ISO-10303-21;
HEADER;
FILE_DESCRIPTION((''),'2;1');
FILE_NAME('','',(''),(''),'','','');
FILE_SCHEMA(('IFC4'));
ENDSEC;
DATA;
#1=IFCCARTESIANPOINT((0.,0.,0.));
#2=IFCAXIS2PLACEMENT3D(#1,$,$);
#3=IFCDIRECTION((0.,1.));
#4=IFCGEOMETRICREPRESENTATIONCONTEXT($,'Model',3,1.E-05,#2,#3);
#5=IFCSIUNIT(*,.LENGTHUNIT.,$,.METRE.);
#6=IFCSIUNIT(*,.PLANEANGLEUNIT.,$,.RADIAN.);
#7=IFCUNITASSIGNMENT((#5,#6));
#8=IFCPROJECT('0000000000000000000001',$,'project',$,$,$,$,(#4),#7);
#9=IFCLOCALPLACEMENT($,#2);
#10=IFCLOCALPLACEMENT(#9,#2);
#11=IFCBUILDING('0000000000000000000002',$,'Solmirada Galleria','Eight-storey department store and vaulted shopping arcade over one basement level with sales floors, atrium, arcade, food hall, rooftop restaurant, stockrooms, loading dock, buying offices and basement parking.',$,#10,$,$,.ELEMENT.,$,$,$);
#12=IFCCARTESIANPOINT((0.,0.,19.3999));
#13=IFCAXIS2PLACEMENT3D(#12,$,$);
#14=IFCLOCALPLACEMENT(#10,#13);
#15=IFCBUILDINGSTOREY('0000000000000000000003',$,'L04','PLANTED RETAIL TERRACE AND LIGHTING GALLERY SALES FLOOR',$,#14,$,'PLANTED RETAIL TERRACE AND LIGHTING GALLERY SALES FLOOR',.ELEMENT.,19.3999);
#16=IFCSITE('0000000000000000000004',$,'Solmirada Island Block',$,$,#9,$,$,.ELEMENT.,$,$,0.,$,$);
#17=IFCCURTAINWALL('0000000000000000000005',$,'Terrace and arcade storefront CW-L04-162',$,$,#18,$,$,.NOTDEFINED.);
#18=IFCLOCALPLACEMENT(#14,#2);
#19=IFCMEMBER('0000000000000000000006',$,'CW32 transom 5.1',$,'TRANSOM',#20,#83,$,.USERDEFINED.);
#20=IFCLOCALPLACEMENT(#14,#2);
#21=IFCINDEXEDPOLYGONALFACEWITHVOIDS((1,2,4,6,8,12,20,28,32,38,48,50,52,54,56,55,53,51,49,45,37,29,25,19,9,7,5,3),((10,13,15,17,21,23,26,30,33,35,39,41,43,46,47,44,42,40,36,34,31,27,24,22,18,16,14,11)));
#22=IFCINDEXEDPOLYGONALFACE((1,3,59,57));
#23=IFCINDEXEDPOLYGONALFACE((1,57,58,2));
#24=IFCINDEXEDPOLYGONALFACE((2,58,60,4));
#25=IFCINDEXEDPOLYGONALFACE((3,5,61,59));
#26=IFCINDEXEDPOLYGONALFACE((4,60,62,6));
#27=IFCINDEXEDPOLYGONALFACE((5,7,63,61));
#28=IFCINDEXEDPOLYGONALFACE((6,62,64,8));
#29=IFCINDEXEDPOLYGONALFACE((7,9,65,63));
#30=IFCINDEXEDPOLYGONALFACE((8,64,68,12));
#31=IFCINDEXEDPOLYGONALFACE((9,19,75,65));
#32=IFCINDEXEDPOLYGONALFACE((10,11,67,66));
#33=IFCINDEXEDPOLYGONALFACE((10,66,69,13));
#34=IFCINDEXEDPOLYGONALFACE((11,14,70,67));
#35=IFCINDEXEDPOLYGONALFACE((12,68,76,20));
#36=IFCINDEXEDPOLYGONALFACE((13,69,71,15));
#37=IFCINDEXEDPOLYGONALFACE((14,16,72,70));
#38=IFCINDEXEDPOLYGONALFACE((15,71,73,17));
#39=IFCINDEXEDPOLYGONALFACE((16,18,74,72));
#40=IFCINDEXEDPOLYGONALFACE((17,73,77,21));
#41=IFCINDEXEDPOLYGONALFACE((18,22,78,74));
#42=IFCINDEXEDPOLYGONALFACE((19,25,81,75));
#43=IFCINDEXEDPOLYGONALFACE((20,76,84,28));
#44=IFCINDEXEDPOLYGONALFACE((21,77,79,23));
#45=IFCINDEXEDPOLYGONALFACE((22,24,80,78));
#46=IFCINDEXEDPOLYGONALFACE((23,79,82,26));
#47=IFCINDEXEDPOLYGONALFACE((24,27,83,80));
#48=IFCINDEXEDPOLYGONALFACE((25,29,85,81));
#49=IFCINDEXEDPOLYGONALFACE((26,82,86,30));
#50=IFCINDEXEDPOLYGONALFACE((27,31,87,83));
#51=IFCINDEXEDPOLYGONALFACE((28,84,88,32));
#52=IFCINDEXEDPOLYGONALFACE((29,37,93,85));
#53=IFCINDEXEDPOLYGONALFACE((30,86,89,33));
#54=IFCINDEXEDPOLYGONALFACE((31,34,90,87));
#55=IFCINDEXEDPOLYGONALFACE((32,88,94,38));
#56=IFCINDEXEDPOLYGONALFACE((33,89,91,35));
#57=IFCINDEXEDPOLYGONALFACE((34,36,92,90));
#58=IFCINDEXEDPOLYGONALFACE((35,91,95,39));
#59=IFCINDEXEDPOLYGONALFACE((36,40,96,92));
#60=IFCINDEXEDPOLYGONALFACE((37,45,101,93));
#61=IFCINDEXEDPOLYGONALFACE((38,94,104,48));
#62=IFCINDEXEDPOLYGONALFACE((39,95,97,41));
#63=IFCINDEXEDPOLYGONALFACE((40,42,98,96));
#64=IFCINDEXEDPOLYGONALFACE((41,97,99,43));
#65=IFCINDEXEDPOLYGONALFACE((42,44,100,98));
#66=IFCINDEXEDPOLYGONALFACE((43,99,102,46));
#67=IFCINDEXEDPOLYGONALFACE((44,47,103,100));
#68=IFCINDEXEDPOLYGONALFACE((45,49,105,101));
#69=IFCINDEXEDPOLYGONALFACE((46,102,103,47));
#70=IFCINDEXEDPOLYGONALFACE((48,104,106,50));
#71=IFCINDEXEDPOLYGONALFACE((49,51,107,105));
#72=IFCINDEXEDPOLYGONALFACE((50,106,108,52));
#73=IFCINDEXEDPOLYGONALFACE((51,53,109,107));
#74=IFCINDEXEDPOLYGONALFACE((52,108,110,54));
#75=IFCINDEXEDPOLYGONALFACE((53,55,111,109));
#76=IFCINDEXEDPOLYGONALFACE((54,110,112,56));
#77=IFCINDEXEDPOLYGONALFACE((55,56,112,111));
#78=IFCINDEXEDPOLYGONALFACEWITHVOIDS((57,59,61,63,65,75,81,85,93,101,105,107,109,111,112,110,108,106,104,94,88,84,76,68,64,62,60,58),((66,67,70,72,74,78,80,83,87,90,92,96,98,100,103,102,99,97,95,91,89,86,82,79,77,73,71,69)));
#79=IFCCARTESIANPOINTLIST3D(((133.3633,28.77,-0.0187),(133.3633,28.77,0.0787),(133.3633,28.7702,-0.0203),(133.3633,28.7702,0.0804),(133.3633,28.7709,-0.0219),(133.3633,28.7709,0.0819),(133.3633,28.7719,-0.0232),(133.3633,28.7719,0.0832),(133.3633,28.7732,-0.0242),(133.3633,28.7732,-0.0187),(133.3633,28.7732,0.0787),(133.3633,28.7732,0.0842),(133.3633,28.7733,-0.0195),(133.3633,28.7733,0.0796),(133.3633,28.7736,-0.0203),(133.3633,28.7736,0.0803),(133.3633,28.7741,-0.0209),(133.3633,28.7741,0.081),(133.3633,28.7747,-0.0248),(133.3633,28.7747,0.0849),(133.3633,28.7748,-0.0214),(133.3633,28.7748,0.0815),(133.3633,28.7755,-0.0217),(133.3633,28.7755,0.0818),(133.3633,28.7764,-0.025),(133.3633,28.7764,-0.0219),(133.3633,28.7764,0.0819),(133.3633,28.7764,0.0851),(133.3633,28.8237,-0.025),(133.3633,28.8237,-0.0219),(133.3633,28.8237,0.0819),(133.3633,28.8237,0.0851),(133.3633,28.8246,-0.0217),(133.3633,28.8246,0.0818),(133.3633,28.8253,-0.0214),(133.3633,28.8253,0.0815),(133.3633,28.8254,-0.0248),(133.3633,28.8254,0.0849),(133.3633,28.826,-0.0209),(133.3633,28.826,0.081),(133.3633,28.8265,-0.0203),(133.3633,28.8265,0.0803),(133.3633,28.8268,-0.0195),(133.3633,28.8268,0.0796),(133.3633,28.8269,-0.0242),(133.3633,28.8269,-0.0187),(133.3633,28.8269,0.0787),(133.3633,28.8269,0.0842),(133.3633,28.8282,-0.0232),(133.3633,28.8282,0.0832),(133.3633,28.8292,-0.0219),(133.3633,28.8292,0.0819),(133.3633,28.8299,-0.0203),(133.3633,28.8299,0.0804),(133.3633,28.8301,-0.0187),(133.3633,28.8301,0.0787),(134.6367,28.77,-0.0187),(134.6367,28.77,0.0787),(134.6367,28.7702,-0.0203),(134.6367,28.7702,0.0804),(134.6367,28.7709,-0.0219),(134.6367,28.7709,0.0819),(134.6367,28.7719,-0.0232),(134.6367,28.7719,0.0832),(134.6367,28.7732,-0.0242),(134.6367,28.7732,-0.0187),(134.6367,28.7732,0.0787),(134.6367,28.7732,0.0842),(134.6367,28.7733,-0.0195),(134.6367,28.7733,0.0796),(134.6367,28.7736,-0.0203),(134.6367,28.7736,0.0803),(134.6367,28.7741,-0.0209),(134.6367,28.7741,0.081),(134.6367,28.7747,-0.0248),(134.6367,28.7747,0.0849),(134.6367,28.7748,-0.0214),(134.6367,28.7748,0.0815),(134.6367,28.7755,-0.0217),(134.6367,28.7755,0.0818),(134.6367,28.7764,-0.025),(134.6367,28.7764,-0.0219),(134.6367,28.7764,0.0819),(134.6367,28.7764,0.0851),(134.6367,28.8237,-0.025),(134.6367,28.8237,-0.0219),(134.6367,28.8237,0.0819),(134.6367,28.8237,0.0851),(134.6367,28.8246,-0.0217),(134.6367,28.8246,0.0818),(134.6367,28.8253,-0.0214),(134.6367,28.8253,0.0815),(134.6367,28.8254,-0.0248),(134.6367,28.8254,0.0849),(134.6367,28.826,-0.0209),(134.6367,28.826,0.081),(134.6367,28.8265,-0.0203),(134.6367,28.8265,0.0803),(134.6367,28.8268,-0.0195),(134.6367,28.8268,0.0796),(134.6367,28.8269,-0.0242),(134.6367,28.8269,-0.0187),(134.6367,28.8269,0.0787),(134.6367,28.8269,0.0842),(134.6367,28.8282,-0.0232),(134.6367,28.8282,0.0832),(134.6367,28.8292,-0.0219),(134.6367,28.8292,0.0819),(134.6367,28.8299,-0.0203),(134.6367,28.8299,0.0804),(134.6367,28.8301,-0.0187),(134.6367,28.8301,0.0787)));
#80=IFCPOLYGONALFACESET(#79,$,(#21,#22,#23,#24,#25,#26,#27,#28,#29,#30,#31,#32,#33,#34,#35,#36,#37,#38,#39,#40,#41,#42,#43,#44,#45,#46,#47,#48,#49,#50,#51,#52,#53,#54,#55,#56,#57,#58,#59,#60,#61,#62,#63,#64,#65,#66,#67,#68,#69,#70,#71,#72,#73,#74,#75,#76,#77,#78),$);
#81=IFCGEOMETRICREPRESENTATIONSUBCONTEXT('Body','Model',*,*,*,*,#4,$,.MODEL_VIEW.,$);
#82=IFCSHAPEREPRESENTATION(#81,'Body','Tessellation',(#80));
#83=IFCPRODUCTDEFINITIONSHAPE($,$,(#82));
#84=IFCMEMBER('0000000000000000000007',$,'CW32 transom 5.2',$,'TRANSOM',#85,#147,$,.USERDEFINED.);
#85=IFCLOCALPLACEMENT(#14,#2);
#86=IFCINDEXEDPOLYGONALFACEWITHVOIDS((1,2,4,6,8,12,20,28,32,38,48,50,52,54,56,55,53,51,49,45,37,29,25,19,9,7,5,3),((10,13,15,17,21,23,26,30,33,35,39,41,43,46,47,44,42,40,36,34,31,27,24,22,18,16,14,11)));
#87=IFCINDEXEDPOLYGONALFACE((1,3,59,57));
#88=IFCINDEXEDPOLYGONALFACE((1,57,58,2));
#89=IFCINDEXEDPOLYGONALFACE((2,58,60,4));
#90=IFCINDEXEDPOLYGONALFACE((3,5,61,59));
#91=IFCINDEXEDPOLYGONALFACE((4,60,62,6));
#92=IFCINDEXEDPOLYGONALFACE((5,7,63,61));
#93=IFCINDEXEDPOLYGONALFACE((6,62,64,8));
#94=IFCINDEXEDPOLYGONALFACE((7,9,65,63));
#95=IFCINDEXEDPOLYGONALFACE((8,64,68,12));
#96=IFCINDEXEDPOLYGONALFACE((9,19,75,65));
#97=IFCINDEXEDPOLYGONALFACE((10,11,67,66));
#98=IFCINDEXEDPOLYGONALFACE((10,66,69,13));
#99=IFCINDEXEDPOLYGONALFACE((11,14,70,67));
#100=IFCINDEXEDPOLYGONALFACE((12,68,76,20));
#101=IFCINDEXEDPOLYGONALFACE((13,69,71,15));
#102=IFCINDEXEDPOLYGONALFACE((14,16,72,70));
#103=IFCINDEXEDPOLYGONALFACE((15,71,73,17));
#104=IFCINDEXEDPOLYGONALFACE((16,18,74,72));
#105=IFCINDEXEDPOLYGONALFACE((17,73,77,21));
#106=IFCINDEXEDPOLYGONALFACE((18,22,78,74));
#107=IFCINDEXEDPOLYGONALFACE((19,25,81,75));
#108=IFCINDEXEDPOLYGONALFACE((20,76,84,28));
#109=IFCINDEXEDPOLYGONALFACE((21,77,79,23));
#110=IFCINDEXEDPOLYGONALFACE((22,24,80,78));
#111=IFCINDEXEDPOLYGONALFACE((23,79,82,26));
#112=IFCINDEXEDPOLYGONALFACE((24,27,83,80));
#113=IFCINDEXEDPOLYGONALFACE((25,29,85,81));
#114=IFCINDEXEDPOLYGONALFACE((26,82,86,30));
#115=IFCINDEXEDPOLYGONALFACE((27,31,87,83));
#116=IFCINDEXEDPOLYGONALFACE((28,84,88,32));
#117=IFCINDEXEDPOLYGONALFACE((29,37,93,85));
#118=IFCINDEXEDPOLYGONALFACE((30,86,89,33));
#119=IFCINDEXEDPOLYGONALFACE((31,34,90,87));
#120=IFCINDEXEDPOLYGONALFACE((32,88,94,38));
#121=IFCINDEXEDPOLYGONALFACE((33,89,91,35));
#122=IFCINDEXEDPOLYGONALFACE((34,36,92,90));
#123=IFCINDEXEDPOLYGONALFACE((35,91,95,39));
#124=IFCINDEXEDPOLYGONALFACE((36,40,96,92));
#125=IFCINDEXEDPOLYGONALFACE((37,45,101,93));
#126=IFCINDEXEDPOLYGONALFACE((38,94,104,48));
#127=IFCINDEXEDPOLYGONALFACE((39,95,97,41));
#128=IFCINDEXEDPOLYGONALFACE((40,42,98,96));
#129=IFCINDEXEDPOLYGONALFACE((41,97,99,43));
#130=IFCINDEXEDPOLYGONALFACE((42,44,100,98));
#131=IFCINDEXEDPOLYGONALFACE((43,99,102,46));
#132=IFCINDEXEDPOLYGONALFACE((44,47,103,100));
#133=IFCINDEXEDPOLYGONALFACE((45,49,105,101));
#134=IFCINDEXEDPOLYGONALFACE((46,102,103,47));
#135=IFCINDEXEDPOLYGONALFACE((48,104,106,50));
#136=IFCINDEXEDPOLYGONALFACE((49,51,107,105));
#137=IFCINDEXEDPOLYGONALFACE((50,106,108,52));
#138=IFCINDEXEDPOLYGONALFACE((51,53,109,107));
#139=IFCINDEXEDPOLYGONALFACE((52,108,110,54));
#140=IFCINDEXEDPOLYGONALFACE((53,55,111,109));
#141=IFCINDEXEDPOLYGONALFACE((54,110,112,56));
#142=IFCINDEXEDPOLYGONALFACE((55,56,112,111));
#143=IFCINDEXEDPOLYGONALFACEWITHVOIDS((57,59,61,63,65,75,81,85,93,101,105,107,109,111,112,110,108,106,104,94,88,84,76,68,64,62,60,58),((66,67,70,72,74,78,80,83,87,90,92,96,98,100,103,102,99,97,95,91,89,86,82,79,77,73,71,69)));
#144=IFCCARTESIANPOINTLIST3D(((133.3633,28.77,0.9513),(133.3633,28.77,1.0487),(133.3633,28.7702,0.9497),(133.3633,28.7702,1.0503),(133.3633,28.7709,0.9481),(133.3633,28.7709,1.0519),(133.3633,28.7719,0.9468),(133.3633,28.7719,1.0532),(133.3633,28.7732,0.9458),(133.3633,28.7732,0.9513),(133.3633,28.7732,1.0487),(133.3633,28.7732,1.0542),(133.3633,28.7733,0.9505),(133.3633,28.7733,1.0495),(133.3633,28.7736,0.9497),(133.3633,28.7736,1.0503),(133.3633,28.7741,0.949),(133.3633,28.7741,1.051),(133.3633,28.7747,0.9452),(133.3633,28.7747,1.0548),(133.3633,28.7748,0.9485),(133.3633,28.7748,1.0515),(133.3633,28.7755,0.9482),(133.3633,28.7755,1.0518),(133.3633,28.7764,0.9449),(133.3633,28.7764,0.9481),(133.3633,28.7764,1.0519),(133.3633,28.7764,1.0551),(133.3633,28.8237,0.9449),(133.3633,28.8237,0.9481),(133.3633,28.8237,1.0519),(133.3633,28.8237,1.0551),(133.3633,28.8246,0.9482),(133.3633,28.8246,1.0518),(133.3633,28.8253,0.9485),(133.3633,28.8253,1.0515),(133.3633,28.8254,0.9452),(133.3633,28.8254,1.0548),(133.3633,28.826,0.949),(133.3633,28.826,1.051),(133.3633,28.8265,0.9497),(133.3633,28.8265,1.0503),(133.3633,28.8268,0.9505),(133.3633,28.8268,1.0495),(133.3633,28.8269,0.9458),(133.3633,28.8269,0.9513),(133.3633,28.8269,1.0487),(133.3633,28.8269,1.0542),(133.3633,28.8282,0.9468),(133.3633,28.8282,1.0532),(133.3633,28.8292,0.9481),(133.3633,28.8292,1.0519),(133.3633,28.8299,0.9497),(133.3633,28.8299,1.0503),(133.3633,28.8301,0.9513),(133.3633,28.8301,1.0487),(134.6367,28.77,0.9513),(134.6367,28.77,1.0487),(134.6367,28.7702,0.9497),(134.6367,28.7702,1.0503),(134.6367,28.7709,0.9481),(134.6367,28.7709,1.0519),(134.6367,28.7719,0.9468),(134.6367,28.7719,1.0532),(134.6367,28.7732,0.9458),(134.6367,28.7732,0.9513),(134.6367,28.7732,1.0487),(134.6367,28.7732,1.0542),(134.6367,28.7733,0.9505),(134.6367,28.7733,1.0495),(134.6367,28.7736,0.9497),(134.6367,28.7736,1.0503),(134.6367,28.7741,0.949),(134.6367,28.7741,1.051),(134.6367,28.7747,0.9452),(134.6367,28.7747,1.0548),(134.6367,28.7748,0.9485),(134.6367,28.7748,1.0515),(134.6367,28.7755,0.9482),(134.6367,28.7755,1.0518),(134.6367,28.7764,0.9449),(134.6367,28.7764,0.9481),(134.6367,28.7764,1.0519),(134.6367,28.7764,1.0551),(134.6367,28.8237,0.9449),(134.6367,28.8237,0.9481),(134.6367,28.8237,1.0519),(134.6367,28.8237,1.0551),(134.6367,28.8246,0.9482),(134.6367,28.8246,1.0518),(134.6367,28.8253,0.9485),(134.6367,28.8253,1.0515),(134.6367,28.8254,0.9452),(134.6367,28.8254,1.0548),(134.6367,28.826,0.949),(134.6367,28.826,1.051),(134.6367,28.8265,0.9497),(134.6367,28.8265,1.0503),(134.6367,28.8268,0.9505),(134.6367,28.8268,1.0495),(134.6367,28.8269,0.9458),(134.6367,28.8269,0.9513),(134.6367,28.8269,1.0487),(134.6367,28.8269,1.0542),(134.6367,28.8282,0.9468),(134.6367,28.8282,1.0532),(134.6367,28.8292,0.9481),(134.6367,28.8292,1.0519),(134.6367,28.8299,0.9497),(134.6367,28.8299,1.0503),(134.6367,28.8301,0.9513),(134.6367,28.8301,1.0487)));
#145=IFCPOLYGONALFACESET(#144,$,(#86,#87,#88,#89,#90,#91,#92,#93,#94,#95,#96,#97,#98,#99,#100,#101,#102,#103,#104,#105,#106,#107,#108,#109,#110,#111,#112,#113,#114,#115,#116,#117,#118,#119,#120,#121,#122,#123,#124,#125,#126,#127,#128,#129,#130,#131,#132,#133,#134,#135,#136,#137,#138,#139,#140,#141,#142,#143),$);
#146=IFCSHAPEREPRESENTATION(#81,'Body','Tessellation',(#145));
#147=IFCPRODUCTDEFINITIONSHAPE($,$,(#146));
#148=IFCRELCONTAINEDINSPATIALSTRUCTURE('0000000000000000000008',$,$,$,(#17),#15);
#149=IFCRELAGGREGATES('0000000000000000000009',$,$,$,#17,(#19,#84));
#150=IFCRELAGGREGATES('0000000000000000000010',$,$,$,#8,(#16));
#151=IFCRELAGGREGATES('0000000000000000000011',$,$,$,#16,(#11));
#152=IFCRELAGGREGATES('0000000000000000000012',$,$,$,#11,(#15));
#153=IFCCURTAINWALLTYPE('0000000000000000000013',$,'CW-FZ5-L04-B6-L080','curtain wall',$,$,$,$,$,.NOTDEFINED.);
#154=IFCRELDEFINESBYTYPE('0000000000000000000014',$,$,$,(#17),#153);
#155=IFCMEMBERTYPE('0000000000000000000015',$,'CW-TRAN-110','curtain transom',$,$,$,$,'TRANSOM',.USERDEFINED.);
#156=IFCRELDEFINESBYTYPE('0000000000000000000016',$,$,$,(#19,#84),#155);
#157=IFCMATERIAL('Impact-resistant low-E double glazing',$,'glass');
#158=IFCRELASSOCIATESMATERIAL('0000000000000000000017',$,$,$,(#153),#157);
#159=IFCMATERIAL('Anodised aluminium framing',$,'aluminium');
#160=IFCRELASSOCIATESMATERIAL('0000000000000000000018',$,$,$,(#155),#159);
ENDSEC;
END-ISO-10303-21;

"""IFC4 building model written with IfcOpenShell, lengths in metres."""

from ifc_helpers import new_model, si_unit, direction, frame, origin, origin_2d, place, context, subcontext, project, spatial, hollow_rectangle, extrude, material, material_profile, profile_set, type_object, element, aggregate, save


model = new_model("IFC4")

# Units and contexts
model_context = context("Model", 3, precision=1e-05, world=origin(), true_north=direction((0.0, 1.0)))
body_context = subcontext(model_context, "Body", "Model", "MODEL_VIEW")
ifc_project = project(units=[si_unit("LENGTHUNIT", "METRE"), si_unit("PLANEANGLEUNIT", "RADIAN")], contexts=[model_context])

# Site, building, storey
site_placement = place(None, origin())
site = spatial("IfcSite", under=ifc_project, at=site_placement, Name="Solmirada Island Block", CompositionType="ELEMENT", RefElevation=0.0)
building_placement = place(site_placement, origin())
building = spatial("IfcBuilding", under=site, at=building_placement, Name="Solmirada Galleria", Description="Eight-storey department store and vaulted shopping arcade over one basement level with sales floors, atrium, arcade, food hall, rooftop restaurant, stockrooms, loading dock, buying offices and basement parking.", CompositionType="ELEMENT")
storey_placement = place(building_placement, frame((0.0, 0.0, 19.3999)))
storey = spatial("IfcBuildingStorey", under=building, at=storey_placement, Name="L04", Description="PLANTED RETAIL TERRACE AND LIGHTING GALLERY SALES FLOOR", LongName="PLANTED RETAIL TERRACE AND LIGHTING GALLERY SALES FLOOR", CompositionType="ELEMENT", Elevation=19.3999)

# Curtain wall, members
ifc_material_1 = material(Name="Impact-resistant low-E double glazing", Category="glass")
curtain_wall_type = type_object("IfcCurtainWallType", Name="CW-FZ5-L04-B6-L080", Description="curtain wall", PredefinedType="NOTDEFINED", material=ifc_material_1)
curtain_wall_placement = place(storey_placement, origin())
curtain_wall = element("IfcCurtainWall", 1, at=curtain_wall_placement, inside=storey, type_object=curtain_wall_type, Name="Terrace and arcade storefront CW-L04-162", PredefinedType="NOTDEFINED")
ifc_material_2 = material(Name="Anodised aluminium framing", Category="aluminium")
ifc_material_profile_1 = material_profile(ifc_material_2, hollow_rectangle(XDim=0.0601, YDim=0.1101, WallThickness=0.0032, InnerFilletRadius=0.0032, OuterFilletRadius=0.0063, at=origin_2d()), Name="ALU-TRAN-110X60")
ifc_profile_set_1 = profile_set([ifc_material_profile_1], Name="Anodised aluminium framing")
member_type_1 = type_object("IfcMemberType", Name="CW-TRAN-110", Description="curtain transom", ElementType="TRANSOM", PredefinedType="USERDEFINED", material=ifc_profile_set_1)
member_1_placement = place(storey_placement, frame((133.3633, 28.8, 0.03), z_axis=(1.0, 0.0, 0.0), x_axis=(0.0, 1.0, 0.0)))
member_1 = element("IfcMember", 2, at=member_1_placement, type_object=member_type_1, Name="CW32 transom 5.1", ObjectType="TRANSOM", PredefinedType="USERDEFINED", context=body_context, shape_type="SweptSolid", body=[
    extrude(hollow_rectangle(XDim=0.0601, YDim=0.1101, WallThickness=0.0032, InnerFilletRadius=0.0032, OuterFilletRadius=0.0063, at=origin_2d()), origin(), (0.0, 0.0, 1.0), 1.2734),
])
member_2_placement = place(storey_placement, frame((133.3633, 28.8, 1.0), z_axis=(1.0, 0.0, 0.0), x_axis=(0.0, 1.0, 0.0)))
member_2 = element("IfcMember", 3, at=member_2_placement, type_object=member_type_1, Name="CW32 transom 5.2", ObjectType="TRANSOM", PredefinedType="USERDEFINED", context=body_context, shape_type="SweptSolid", body=[
    extrude(hollow_rectangle(XDim=0.0601, YDim=0.1101, WallThickness=0.0032, InnerFilletRadius=0.0032, OuterFilletRadius=0.0063, at=origin_2d()), origin(), (0.0, 0.0, 1.0), 1.2734),
])
aggregate(curtain_wall, [member_1, member_2])

save(model, "model.ifc")
